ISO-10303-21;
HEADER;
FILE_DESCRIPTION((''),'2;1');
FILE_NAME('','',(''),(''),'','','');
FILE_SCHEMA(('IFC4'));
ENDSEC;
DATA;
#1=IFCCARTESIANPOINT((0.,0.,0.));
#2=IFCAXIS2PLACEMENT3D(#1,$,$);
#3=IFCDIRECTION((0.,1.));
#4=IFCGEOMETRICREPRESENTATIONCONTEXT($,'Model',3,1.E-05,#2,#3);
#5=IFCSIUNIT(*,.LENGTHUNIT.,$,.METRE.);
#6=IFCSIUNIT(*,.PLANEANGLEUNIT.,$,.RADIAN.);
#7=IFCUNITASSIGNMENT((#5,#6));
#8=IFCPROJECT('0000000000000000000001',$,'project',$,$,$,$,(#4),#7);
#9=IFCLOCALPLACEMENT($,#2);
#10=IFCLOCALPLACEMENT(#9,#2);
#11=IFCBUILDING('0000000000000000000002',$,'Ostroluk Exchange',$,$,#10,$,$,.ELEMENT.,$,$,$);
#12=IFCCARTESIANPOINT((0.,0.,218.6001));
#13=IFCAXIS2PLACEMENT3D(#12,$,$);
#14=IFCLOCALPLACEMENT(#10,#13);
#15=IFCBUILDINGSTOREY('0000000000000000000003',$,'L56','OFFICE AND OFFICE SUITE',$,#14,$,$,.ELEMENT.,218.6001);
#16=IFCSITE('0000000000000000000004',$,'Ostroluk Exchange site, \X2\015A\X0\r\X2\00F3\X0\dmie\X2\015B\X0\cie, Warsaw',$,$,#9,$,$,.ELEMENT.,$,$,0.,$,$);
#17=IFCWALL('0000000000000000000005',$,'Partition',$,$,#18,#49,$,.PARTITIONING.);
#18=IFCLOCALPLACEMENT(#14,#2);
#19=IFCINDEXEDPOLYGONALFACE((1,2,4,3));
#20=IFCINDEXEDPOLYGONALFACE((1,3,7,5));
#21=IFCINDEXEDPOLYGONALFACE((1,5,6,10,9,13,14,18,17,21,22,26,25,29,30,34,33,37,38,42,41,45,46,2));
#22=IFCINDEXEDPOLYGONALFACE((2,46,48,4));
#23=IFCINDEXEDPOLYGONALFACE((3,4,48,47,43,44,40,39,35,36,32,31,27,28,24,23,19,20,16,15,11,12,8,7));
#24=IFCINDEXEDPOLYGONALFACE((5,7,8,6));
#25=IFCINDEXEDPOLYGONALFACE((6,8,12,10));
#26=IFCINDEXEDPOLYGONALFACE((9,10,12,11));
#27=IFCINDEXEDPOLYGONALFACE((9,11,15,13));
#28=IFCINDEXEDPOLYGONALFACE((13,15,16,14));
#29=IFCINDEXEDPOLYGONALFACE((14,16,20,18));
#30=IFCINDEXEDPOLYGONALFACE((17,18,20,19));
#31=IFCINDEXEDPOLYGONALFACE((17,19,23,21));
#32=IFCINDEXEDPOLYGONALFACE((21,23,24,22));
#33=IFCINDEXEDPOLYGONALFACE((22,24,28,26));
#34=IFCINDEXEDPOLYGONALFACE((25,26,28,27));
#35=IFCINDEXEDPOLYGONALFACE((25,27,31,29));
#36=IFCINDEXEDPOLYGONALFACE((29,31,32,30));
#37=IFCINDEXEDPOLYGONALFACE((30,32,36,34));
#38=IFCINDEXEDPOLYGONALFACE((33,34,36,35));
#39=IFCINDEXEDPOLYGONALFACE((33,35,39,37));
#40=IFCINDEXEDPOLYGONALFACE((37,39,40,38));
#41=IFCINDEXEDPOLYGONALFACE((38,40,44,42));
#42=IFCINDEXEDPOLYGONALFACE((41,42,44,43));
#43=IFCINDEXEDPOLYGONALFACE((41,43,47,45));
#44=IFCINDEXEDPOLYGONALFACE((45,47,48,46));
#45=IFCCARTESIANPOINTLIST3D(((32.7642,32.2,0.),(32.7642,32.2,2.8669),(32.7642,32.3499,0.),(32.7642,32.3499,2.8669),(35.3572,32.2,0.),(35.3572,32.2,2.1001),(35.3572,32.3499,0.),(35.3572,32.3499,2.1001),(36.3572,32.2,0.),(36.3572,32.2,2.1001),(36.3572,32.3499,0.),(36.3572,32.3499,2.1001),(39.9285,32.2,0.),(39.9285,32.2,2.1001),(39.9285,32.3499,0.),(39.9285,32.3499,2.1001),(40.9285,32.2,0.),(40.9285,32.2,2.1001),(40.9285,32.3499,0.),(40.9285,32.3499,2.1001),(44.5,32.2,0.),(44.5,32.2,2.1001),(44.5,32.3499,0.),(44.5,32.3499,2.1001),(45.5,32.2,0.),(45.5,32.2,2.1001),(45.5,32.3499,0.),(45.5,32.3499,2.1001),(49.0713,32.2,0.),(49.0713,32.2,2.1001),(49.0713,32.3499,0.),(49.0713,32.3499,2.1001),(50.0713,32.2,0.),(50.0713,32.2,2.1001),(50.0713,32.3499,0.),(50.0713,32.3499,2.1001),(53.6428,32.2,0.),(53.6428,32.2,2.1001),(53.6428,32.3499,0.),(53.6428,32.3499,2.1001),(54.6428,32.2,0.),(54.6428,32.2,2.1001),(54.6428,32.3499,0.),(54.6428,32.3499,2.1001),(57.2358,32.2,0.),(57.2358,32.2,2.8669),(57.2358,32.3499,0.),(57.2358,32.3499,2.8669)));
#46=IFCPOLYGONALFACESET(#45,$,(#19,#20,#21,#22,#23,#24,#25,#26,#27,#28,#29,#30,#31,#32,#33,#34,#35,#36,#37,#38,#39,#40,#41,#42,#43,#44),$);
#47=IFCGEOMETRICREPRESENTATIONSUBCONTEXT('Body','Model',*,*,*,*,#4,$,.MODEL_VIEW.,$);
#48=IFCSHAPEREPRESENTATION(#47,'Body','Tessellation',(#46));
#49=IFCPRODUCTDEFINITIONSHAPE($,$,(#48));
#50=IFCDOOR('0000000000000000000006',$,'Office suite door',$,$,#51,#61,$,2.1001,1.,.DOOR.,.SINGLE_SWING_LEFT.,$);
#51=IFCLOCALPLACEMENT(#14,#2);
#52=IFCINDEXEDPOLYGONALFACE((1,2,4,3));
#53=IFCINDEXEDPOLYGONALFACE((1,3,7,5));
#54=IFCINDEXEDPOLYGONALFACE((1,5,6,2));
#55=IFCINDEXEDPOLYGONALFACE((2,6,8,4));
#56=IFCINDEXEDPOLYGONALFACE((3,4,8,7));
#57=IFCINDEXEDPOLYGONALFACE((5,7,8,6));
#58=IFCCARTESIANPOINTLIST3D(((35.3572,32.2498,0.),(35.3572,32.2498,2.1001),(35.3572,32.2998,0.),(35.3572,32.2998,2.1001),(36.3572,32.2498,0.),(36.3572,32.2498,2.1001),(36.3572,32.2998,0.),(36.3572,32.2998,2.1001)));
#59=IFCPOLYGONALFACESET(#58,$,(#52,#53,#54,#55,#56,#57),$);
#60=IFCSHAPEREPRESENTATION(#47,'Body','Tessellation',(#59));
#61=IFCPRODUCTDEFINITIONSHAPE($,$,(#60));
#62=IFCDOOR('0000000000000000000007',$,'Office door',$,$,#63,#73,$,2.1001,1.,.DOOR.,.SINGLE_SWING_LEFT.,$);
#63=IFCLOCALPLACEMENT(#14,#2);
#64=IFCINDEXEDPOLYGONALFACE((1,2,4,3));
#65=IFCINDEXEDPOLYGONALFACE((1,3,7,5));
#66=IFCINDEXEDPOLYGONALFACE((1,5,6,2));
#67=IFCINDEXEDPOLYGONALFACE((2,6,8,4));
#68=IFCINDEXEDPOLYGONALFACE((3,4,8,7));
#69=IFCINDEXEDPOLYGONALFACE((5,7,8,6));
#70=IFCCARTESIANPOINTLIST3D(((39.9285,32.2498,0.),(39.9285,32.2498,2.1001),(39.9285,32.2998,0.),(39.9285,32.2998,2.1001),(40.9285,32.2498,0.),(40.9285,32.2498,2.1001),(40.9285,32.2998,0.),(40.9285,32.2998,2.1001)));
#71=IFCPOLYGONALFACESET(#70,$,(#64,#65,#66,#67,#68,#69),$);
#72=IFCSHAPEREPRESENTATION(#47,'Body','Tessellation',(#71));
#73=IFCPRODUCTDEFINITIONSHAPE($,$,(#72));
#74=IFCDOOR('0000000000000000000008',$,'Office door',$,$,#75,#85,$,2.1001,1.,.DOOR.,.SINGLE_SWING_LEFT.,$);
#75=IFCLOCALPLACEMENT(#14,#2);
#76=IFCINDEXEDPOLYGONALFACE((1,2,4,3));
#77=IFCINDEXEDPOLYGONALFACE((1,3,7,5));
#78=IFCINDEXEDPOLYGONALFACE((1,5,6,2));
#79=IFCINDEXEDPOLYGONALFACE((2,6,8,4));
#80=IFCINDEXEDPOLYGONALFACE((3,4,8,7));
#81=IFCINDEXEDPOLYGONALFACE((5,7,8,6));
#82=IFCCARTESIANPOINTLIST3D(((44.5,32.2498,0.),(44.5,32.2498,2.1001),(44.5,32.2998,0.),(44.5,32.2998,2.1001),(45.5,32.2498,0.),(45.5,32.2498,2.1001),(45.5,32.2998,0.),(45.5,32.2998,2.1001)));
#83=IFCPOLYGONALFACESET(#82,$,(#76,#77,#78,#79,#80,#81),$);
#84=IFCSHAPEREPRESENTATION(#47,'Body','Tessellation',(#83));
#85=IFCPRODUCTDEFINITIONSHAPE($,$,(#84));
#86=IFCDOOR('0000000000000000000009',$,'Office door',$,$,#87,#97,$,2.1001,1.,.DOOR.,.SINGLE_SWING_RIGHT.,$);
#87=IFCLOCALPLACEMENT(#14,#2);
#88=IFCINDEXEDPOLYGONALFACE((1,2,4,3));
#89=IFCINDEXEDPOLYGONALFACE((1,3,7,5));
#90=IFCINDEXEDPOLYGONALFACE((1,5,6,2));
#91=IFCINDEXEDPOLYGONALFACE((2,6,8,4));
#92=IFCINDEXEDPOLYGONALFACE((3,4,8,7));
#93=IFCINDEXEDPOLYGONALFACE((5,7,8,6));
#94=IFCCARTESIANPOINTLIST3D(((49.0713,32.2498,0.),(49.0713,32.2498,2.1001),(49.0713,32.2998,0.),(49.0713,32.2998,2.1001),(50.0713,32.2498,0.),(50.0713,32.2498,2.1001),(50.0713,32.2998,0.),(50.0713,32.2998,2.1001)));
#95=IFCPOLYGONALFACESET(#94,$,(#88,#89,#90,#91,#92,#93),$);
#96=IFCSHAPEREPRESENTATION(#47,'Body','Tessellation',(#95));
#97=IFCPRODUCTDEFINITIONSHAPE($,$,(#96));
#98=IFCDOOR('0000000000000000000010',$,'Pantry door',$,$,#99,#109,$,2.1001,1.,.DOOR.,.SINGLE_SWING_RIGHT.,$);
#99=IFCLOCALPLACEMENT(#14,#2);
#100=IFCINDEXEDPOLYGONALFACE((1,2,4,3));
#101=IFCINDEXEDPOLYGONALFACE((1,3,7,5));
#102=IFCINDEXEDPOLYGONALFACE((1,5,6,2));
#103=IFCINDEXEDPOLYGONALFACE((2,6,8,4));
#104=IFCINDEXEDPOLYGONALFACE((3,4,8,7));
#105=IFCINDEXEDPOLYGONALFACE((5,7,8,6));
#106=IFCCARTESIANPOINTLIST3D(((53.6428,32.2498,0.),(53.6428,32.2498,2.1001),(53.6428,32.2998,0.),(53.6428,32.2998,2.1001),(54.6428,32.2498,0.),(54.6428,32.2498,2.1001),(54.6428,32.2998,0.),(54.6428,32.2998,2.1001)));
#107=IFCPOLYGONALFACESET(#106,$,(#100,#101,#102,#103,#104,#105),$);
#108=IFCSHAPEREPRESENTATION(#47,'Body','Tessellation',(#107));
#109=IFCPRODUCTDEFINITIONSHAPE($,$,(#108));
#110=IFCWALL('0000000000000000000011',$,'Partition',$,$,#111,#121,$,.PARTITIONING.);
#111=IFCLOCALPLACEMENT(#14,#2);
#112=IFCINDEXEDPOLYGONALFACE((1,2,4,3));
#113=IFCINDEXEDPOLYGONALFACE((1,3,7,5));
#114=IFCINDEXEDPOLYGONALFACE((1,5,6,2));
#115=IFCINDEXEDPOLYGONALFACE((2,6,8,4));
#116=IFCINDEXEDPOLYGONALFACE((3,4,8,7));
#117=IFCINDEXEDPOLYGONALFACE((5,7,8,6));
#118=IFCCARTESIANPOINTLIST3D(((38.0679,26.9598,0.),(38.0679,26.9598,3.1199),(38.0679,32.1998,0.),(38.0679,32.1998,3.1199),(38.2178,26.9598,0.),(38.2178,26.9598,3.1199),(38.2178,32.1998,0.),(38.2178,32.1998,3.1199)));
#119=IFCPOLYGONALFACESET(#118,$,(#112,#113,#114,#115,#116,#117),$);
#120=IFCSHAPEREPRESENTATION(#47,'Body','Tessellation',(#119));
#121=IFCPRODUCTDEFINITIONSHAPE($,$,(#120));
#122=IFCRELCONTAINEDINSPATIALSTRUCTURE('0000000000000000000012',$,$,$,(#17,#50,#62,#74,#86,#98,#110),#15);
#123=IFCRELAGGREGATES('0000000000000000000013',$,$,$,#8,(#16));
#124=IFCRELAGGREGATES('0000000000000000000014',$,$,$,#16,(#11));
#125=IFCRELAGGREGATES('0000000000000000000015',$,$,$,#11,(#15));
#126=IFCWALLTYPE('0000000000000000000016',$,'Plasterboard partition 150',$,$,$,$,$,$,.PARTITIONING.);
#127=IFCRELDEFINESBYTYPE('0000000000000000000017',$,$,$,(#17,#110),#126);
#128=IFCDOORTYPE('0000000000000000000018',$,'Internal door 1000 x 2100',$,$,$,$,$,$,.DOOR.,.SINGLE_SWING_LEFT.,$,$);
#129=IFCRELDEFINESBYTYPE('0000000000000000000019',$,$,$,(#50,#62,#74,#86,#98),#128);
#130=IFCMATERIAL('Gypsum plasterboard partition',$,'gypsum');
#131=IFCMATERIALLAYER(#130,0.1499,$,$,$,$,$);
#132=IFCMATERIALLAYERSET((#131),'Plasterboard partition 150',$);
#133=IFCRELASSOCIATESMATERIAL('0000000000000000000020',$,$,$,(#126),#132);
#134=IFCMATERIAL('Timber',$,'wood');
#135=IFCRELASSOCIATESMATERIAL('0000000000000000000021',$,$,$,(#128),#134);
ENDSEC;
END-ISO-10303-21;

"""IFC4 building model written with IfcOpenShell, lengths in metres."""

from ifc_helpers import new_model, si_unit, direction, frame, frame_2d, origin, place, context, subcontext, project, spatial, rectangle, extrude, material, layer, layer_set, type_object, element, fill, save


model = new_model("IFC4")

# Units and contexts
model_context = context("Model", 3, precision=1e-05, world=origin(), true_north=direction((0.0, 1.0)))
body_context = subcontext(model_context, "Body", "Model", "MODEL_VIEW")
ifc_project = project(units=[si_unit("LENGTHUNIT", "METRE"), si_unit("PLANEANGLEUNIT", "RADIAN")], contexts=[model_context])

# Site, building, storey
site_placement = place(None, origin())
site = spatial("IfcSite", under=ifc_project, at=site_placement, Name="Ostroluk Exchange site, Śródmieście, Warsaw", CompositionType="ELEMENT", RefElevation=0.0)
building_placement = place(site_placement, origin())
building = spatial("IfcBuilding", under=site, at=building_placement, Name="Ostroluk Exchange", CompositionType="ELEMENT")
storey_placement = place(building_placement, frame((0.0, 0.0, 218.6001)))
storey = spatial("IfcBuildingStorey", under=building, at=storey_placement, Name="L56", Description="OFFICE AND OFFICE SUITE", CompositionType="ELEMENT", Elevation=218.6001)

# Wall, openings, doors
ifc_material_1 = material(Name="Gypsum plasterboard partition", Category="gypsum")
ifc_layer_1 = layer(ifc_material_1, 0.1499)
ifc_layer_set_1 = layer_set([ifc_layer_1], Name="Plasterboard partition 150")
wall_type = type_object("IfcWallType", Name="Plasterboard partition 150", PredefinedType="PARTITIONING", material=ifc_layer_set_1)
wall_1_placement = place(storey_placement, frame((32.7642, 32.2749, 0.0), z_axis=(0.0, 0.0, 1.0), x_axis=(1.0, 0.0, 0.0)))
wall_1 = element("IfcWall", 1, at=wall_1_placement, inside=storey, type_object=wall_type, Name="Partition", PredefinedType="PARTITIONING", context=body_context, shape_type="SweptSolid", body=[
    extrude(rectangle(XDim=24.4717, YDim=0.1499, at=frame_2d((12.2358, 0.0))), origin(), (0.0, 0.0, 1.0), 2.8669),
])
opening_1_placement = place(wall_1_placement, frame((2.593, 0.0, 0.0)))
opening_1 = element("IfcOpeningElement", 2, at=opening_1_placement, cuts=wall_1, PredefinedType="OPENING", context=body_context, shape_type="SweptSolid", body=[
    extrude(rectangle(XDim=1.0, YDim=2.1001, at=frame_2d((0.5, 1.05))), frame((0.0, 0.085, 0.0), z_axis=(0.0, -1.0, 0.0), x_axis=(1.0, 0.0, 0.0)), (0.0, 0.0, 1.0), 0.1699),
])
opening_2_placement = place(wall_1_placement, frame((7.1643, 0.0, 0.0)))
opening_2 = element("IfcOpeningElement", 3, at=opening_2_placement, cuts=wall_1, PredefinedType="OPENING", context=body_context, shape_type="SweptSolid", body=[
    extrude(rectangle(XDim=1.0, YDim=2.1001, at=frame_2d((0.5, 1.05))), frame((0.0, 0.085, 0.0), z_axis=(0.0, -1.0, 0.0), x_axis=(1.0, 0.0, 0.0)), (0.0, 0.0, 1.0), 0.1699),
])
opening_3_placement = place(wall_1_placement, frame((11.7358, 0.0, 0.0)))
opening_3 = element("IfcOpeningElement", 4, at=opening_3_placement, cuts=wall_1, PredefinedType="OPENING", context=body_context, shape_type="SweptSolid", body=[
    extrude(rectangle(XDim=1.0, YDim=2.1001, at=frame_2d((0.5, 1.05))), frame((0.0, 0.085, 0.0), z_axis=(0.0, -1.0, 0.0), x_axis=(1.0, 0.0, 0.0)), (0.0, 0.0, 1.0), 0.1699),
])
opening_4_placement = place(wall_1_placement, frame((16.3071, 0.0, 0.0)))
opening_4 = element("IfcOpeningElement", 5, at=opening_4_placement, cuts=wall_1, PredefinedType="OPENING", context=body_context, shape_type="SweptSolid", body=[
    extrude(rectangle(XDim=1.0, YDim=2.1001, at=frame_2d((0.5, 1.05))), frame((0.0, 0.085, 0.0), z_axis=(0.0, -1.0, 0.0), x_axis=(1.0, 0.0, 0.0)), (0.0, 0.0, 1.0), 0.1699),
])
opening_5_placement = place(wall_1_placement, frame((20.8787, 0.0, 0.0)))
opening_5 = element("IfcOpeningElement", 6, at=opening_5_placement, cuts=wall_1, PredefinedType="OPENING", context=body_context, shape_type="SweptSolid", body=[
    extrude(rectangle(XDim=1.0, YDim=2.1001, at=frame_2d((0.5, 1.05))), frame((0.0, 0.085, 0.0), z_axis=(0.0, -1.0, 0.0), x_axis=(1.0, 0.0, 0.0)), (0.0, 0.0, 1.0), 0.1699),
])
ifc_material_2 = material(Name="Timber", Category="wood")
door_type = type_object("IfcDoorType", Name="Internal door 1000 x 2100", OperationType="SINGLE_SWING_LEFT", PredefinedType="DOOR", material=ifc_material_2)
door_1_placement = place(opening_1_placement, origin())
door_1 = element("IfcDoor", 7, at=door_1_placement, inside=storey, type_object=door_type, Name="Office suite door", OperationType="SINGLE_SWING_LEFT", OverallHeight=2.1001, OverallWidth=1.0, PredefinedType="DOOR", context=body_context, shape_type="SweptSolid", body=[
    extrude(rectangle(XDim=1.0, YDim=2.1001, at=frame_2d((0.5, 1.05))), frame((0.0, 0.0249, 0.0), z_axis=(0.0, -1.0, 0.0), x_axis=(1.0, 0.0, 0.0)), (0.0, 0.0, 1.0), 0.05),
])
fill(opening_1, door_1)
door_2_placement = place(opening_2_placement, origin())
door_2 = element("IfcDoor", 8, at=door_2_placement, inside=storey, type_object=door_type, Name="Office door", OperationType="SINGLE_SWING_LEFT", OverallHeight=2.1001, OverallWidth=1.0, PredefinedType="DOOR", context=body_context, shape_type="SweptSolid", body=[
    extrude(rectangle(XDim=1.0, YDim=2.1001, at=frame_2d((0.5, 1.05))), frame((0.0, 0.0249, 0.0), z_axis=(0.0, -1.0, 0.0), x_axis=(1.0, 0.0, 0.0)), (0.0, 0.0, 1.0), 0.05),
])
fill(opening_2, door_2)
door_3_placement = place(opening_3_placement, origin())
door_3 = element("IfcDoor", 9, at=door_3_placement, inside=storey, type_object=door_type, Name="Office door", OperationType="SINGLE_SWING_LEFT", OverallHeight=2.1001, OverallWidth=1.0, PredefinedType="DOOR", context=body_context, shape_type="SweptSolid", body=[
    extrude(rectangle(XDim=1.0, YDim=2.1001, at=frame_2d((0.5, 1.05))), frame((0.0, 0.0249, 0.0), z_axis=(0.0, -1.0, 0.0), x_axis=(1.0, 0.0, 0.0)), (0.0, 0.0, 1.0), 0.05),
])
fill(opening_3, door_3)
door_4_placement = place(opening_4_placement, origin())
door_4 = element("IfcDoor", 10, at=door_4_placement, inside=storey, type_object=door_type, Name="Office door", OperationType="SINGLE_SWING_RIGHT", OverallHeight=2.1001, OverallWidth=1.0, PredefinedType="DOOR", context=body_context, shape_type="SweptSolid", body=[
    extrude(rectangle(XDim=1.0, YDim=2.1001, at=frame_2d((0.5, 1.05))), frame((0.0, 0.0249, 0.0), z_axis=(0.0, -1.0, 0.0), x_axis=(1.0, 0.0, 0.0)), (0.0, 0.0, 1.0), 0.05),
])
fill(opening_4, door_4)
door_5_placement = place(opening_5_placement, origin())
door_5 = element("IfcDoor", 11, at=door_5_placement, inside=storey, type_object=door_type, Name="Pantry door", OperationType="SINGLE_SWING_RIGHT", OverallHeight=2.1001, OverallWidth=1.0, PredefinedType="DOOR", context=body_context, shape_type="SweptSolid", body=[
    extrude(rectangle(XDim=1.0, YDim=2.1001, at=frame_2d((0.5, 1.05))), frame((0.0, 0.0249, 0.0), z_axis=(0.0, -1.0, 0.0), x_axis=(1.0, 0.0, 0.0)), (0.0, 0.0, 1.0), 0.05),
])
fill(opening_5, door_5)

# Wall
wall_2_placement = place(storey_placement, frame((38.1428, 32.2, 0.0), z_axis=(0.0, 0.0, 1.0), x_axis=(0.0, -1.0, 0.0)))
element("IfcWall", 12, at=wall_2_placement, inside=storey, type_object=wall_type, Name="Partition", PredefinedType="PARTITIONING", context=body_context, shape_type="SweptSolid", body=[
    extrude(rectangle(XDim=5.24, YDim=0.1499, at=frame_2d((2.6201, 0.0))), origin(), (0.0, 0.0, 1.0), 3.1199),
])

save(model, "model.ifc")
